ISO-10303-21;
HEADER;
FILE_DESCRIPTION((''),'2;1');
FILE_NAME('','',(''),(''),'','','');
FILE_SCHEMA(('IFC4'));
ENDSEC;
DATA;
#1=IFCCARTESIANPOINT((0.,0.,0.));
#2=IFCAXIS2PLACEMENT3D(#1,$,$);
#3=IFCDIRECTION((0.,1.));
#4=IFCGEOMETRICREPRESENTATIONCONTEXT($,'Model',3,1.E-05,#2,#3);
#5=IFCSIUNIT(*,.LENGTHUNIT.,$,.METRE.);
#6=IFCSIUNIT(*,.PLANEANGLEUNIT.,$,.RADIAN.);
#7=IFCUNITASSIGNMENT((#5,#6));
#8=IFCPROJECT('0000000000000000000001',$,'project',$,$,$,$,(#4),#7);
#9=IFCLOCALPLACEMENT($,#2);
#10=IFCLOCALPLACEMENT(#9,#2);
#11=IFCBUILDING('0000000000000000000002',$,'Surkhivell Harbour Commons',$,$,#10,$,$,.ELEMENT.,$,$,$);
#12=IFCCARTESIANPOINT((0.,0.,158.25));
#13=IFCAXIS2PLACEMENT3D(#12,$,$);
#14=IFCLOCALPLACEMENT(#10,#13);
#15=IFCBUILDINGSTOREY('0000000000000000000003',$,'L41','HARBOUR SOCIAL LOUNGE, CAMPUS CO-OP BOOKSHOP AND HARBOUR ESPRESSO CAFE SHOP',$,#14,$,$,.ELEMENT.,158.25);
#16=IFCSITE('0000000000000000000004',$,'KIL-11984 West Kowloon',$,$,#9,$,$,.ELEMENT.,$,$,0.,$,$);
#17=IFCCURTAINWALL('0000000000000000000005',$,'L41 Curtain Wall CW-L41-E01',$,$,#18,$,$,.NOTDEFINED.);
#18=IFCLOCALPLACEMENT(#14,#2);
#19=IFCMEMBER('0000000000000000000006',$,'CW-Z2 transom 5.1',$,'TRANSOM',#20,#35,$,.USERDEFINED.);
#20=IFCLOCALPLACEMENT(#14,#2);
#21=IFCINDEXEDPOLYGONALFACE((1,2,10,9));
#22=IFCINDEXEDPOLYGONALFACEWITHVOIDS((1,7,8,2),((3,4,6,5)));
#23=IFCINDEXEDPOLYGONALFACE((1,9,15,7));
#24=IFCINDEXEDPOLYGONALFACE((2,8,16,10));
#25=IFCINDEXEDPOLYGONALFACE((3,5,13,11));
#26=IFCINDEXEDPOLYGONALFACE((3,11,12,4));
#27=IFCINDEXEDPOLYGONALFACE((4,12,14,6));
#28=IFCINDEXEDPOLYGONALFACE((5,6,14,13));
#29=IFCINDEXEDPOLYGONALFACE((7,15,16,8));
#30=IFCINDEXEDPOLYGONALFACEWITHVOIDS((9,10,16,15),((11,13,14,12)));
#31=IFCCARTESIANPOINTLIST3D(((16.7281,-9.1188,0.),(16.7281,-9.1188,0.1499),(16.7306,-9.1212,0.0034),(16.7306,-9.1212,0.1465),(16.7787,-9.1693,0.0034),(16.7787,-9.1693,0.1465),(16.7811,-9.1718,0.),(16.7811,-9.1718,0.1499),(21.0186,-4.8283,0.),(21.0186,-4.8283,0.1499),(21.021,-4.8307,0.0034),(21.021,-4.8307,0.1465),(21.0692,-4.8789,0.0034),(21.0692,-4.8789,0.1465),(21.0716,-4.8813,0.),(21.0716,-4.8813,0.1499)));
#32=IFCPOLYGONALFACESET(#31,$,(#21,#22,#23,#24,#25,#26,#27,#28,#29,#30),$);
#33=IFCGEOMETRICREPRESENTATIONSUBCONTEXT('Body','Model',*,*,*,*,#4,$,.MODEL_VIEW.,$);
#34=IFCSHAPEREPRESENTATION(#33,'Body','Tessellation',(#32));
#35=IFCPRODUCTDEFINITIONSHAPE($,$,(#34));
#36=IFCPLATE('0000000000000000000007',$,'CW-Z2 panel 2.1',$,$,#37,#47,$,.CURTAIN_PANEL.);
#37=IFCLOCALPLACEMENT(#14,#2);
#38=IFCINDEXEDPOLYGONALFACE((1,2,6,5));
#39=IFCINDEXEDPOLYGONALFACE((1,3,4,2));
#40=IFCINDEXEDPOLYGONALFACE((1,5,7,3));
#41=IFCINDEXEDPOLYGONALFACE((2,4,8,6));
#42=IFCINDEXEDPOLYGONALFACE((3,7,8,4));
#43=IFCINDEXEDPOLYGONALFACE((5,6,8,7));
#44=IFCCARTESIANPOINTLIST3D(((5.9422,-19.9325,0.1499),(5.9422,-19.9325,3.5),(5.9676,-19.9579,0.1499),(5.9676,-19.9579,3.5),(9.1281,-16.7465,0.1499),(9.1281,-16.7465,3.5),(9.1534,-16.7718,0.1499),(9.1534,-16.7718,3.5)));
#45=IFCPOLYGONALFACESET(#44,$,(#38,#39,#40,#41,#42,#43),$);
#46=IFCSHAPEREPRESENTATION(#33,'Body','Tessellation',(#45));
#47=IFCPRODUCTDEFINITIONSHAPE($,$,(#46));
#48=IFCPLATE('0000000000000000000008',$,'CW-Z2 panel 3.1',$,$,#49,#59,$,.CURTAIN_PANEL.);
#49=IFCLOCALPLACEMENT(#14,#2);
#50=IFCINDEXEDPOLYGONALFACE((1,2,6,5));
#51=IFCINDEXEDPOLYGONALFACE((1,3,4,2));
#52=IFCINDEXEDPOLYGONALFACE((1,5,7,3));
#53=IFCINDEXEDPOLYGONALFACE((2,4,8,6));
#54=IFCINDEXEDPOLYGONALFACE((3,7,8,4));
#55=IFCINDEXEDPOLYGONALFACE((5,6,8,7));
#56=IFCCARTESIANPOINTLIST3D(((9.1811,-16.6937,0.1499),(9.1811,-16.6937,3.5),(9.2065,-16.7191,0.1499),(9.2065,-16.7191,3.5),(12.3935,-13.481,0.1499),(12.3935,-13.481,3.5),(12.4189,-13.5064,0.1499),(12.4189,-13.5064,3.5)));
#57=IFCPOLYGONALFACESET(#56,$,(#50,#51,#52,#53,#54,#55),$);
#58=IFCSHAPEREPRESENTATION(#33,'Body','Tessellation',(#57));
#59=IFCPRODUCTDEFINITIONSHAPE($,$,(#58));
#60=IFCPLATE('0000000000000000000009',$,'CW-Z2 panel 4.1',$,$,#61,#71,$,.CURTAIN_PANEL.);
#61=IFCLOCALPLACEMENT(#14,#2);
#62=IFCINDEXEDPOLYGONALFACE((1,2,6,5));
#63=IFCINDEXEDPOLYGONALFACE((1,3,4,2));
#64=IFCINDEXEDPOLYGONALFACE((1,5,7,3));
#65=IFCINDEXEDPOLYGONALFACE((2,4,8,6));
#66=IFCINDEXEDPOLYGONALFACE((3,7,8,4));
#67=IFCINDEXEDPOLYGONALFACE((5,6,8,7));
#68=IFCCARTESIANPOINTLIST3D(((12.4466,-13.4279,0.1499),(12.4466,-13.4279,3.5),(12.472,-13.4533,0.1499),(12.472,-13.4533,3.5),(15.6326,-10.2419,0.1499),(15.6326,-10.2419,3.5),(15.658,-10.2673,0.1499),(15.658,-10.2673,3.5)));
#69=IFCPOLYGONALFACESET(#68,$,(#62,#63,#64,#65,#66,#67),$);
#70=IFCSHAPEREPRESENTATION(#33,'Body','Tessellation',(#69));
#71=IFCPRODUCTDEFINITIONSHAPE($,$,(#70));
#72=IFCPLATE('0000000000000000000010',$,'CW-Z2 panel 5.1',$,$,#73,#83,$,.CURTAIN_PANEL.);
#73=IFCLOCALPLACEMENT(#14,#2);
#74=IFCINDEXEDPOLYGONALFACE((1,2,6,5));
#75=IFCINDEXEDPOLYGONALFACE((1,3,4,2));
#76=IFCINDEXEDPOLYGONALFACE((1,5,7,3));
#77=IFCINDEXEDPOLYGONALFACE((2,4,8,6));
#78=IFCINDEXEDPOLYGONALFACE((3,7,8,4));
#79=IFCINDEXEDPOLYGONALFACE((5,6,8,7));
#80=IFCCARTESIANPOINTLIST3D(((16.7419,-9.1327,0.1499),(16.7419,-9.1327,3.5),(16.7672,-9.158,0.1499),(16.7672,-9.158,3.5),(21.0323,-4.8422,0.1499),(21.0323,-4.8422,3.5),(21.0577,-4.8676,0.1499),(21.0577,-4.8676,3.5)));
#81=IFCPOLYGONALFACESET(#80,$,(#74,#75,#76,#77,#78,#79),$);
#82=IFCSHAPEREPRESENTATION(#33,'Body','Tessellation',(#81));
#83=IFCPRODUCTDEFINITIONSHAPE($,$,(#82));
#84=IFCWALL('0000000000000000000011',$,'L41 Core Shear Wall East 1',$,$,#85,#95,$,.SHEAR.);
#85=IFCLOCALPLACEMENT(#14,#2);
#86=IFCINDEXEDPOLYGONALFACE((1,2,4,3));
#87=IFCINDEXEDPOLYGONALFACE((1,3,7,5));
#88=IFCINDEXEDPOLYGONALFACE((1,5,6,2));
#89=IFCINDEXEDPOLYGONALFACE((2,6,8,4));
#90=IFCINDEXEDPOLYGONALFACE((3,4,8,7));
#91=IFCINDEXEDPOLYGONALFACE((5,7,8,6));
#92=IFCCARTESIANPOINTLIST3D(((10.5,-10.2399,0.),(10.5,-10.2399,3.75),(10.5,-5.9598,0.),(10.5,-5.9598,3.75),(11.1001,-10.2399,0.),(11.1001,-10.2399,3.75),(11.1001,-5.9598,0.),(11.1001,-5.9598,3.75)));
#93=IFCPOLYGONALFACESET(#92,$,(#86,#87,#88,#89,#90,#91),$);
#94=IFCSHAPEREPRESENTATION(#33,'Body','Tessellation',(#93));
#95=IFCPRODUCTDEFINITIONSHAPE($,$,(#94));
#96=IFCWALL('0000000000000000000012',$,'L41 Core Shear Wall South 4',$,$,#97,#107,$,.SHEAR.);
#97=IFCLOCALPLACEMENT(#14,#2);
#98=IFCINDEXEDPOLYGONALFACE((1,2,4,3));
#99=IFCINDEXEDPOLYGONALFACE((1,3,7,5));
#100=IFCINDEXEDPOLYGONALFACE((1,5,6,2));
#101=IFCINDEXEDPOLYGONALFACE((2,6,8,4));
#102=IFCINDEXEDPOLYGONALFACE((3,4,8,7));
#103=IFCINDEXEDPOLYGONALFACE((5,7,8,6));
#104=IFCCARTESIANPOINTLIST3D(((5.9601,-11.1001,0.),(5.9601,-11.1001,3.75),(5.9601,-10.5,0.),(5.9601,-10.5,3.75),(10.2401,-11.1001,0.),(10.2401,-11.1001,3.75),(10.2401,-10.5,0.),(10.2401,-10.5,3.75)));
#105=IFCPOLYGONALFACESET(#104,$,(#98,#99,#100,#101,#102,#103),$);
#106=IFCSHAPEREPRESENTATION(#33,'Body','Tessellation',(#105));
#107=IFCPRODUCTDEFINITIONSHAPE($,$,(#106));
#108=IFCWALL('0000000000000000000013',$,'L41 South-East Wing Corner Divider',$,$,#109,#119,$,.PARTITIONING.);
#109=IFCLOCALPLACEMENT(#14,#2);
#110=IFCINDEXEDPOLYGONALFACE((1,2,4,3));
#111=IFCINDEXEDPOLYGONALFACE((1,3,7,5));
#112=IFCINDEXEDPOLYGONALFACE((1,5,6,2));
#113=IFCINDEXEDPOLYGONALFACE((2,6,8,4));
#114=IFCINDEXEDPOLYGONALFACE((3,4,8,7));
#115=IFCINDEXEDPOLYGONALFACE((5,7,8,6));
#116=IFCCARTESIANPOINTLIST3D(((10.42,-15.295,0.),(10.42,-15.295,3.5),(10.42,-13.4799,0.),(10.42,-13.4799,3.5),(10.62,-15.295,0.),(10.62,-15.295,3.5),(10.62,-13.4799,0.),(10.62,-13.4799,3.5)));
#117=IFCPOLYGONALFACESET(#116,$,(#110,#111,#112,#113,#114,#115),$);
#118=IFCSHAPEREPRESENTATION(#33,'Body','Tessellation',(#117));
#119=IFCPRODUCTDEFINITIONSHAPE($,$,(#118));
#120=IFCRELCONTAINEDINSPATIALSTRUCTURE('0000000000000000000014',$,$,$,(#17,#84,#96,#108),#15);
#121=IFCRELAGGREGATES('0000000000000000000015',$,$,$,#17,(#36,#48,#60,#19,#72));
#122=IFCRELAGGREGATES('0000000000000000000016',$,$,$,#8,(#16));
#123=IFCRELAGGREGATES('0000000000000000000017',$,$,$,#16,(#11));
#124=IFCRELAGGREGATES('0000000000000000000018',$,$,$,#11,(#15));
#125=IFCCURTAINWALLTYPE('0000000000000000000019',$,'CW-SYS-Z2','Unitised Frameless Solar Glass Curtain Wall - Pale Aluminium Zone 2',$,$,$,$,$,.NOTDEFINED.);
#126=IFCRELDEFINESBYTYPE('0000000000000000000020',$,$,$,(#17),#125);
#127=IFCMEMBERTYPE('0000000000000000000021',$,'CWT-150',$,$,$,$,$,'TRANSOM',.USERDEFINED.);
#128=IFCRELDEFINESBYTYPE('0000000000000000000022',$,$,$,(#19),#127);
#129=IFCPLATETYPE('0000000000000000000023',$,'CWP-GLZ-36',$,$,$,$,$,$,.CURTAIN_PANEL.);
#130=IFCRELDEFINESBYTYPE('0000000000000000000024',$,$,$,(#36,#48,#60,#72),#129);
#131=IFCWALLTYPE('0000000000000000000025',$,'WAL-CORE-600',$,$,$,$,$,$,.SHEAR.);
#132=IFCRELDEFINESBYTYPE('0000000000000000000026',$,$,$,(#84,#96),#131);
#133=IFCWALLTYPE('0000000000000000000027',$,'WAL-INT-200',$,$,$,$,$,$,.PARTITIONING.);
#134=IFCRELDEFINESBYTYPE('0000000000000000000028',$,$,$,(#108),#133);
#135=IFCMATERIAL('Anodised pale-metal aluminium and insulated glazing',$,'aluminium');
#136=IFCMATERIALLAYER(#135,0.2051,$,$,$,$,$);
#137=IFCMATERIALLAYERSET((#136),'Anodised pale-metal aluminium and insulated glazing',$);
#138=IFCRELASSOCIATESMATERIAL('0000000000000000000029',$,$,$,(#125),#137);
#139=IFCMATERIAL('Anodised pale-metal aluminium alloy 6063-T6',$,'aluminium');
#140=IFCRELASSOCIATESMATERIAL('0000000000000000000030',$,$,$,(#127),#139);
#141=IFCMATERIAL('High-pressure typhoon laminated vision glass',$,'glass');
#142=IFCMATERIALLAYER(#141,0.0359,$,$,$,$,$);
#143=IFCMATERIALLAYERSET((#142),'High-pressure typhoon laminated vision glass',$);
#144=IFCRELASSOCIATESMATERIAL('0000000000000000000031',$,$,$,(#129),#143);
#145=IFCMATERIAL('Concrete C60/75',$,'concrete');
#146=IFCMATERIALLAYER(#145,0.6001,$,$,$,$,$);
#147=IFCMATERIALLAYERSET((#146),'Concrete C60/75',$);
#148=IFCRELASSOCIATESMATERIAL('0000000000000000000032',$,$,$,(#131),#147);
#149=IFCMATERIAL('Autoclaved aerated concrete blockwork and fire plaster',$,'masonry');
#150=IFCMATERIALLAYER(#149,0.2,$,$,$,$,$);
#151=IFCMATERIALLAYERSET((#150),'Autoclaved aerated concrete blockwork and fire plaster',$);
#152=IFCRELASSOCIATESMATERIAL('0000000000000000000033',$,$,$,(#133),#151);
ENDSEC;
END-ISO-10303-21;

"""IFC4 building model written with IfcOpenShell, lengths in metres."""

from ifc_helpers import new_model, si_unit, direction, frame, frame_2d, origin, origin_2d, place, context, subcontext, project, spatial, rectangle, hollow_rectangle, extrude, material, layer, layer_set, material_profile, profile_set, type_object, element, aggregate, save


model = new_model("IFC4")

# Units and contexts
model_context = context("Model", 3, precision=1e-05, world=origin(), true_north=direction((0.0, 1.0)))
body_context = subcontext(model_context, "Body", "Model", "MODEL_VIEW")
ifc_project = project(units=[si_unit("LENGTHUNIT", "METRE"), si_unit("PLANEANGLEUNIT", "RADIAN")], contexts=[model_context])

# Site, building, storey
site_placement = place(None, origin())
site = spatial("IfcSite", under=ifc_project, at=site_placement, Name="KIL-11984 West Kowloon", CompositionType="ELEMENT", RefElevation=0.0)
building_placement = place(site_placement, origin())
building = spatial("IfcBuilding", under=site, at=building_placement, Name="Surkhivell Harbour Commons", CompositionType="ELEMENT")
storey_placement = place(building_placement, frame((0.0, 0.0, 158.25)))
storey = spatial("IfcBuildingStorey", under=building, at=storey_placement, Name="L41", Description="HARBOUR SOCIAL LOUNGE, CAMPUS CO-OP BOOKSHOP AND HARBOUR ESPRESSO CAFE SHOP", CompositionType="ELEMENT", Elevation=158.25)

# Shared definitions
ifc_material_1 = material(Name="Concrete C60/75", Category="concrete")

# Curtain wall, member, plates
ifc_material_2 = material(Name="Anodised pale-metal aluminium and insulated glazing", Category="aluminium")
ifc_layer_1 = layer(ifc_material_2, 0.2051)
ifc_layer_set_1 = layer_set([ifc_layer_1], Name="Anodised pale-metal aluminium and insulated glazing")
curtain_wall_type = type_object("IfcCurtainWallType", Name="CW-SYS-Z2", Description="Unitised Frameless Solar Glass Curtain Wall - Pale Aluminium Zone 2", PredefinedType="NOTDEFINED", material=ifc_layer_set_1)
curtain_wall_placement = place(storey_placement, origin())
curtain_wall = element("IfcCurtainWall", 1, at=curtain_wall_placement, inside=storey, type_object=curtain_wall_type, Name="L41 Curtain Wall CW-L41-E01", PredefinedType="NOTDEFINED")
ifc_material_3 = material(Name="Anodised pale-metal aluminium alloy 6063-T6", Category="aluminium")
ifc_material_profile_1 = material_profile(ifc_material_3, hollow_rectangle(XDim=0.075, YDim=0.1499, WallThickness=0.0034, at=origin_2d()), Name="ALU-TRAN-75x150")
ifc_profile_set_1 = profile_set([ifc_material_profile_1], Name="Anodised pale-metal aluminium alloy 6063-T6")
member_type_1 = type_object("IfcMemberType", Name="CWT-150", ElementType="TRANSOM", PredefinedType="USERDEFINED", material=ifc_profile_set_1)
member_1_placement = place(storey_placement, frame((16.7546, -9.1453, 0.075), z_axis=(0.707107, 0.707107, 0.0), x_axis=(-0.707107, 0.707107, 0.0)))
member_1 = element("IfcMember", 2, at=member_1_placement, type_object=member_type_1, Name="CW-Z2 transom 5.1", ObjectType="TRANSOM", PredefinedType="USERDEFINED", context=body_context, shape_type="SweptSolid", body=[
    extrude(hollow_rectangle(XDim=0.075, YDim=0.1499, WallThickness=0.0034, at=origin_2d()), origin(), (0.0, 0.0, 1.0), 6.0676),
])
ifc_material_4 = material(Name="High-pressure typhoon laminated vision glass", Category="glass")
ifc_layer_2 = layer(ifc_material_4, 0.0359)
ifc_layer_set_2 = layer_set([ifc_layer_2], Name="High-pressure typhoon laminated vision glass")
plate_type = type_object("IfcPlateType", Name="CWP-GLZ-36", PredefinedType="CURTAIN_PANEL", material=ifc_layer_set_2)
plate_1_placement = place(storey_placement, frame((5.9548, -19.9453, 0.1499), z_axis=(0.0, 0.0, 1.0), x_axis=(0.70708, 0.707134, 0.0)))
plate_1 = element("IfcPlate", 3, at=plate_1_placement, type_object=plate_type, Name="CW-Z2 panel 2.1", PredefinedType="CURTAIN_PANEL", context=body_context, shape_type="SweptSolid", body=[
    extrude(rectangle(XDim=4.5056, YDim=0.0359, at=frame_2d((2.2529, 0.0))), origin(), (0.0, 0.0, 1.0), 3.3501),
])
plate_2_placement = place(storey_placement, frame((9.1938, -16.7063, 0.1499), z_axis=(0.0, 0.0, 1.0), x_axis=(0.70708, 0.707134, 0.0)))
plate_2 = element("IfcPlate", 4, at=plate_2_placement, type_object=plate_type, Name="CW-Z2 panel 3.1", PredefinedType="CURTAIN_PANEL", context=body_context, shape_type="SweptSolid", body=[
    extrude(rectangle(XDim=4.5432, YDim=0.0359, at=frame_2d((2.2715, 0.0))), origin(), (0.0, 0.0, 1.0), 3.3501),
])
plate_3_placement = place(storey_placement, frame((12.4592, -13.4407, 0.1499), z_axis=(0.0, 0.0, 1.0), x_axis=(0.707107, 0.707107, 0.0)))
plate_3 = element("IfcPlate", 5, at=plate_3_placement, type_object=plate_type, Name="CW-Z2 panel 4.1", PredefinedType="CURTAIN_PANEL", context=body_context, shape_type="SweptSolid", body=[
    extrude(rectangle(XDim=4.5056, YDim=0.0359, at=frame_2d((2.2529, 0.0))), origin(), (0.0, 0.0, 1.0), 3.3501),
])
plate_4_placement = place(storey_placement, frame((16.7546, -9.1453, 0.1499), z_axis=(0.0, 0.0, 1.0), x_axis=(0.707107, 0.707107, 0.0)))
plate_4 = element("IfcPlate", 6, at=plate_4_placement, type_object=plate_type, Name="CW-Z2 panel 5.1", PredefinedType="CURTAIN_PANEL", context=body_context, shape_type="SweptSolid", body=[
    extrude(rectangle(XDim=6.0676, YDim=0.0359, at=frame_2d((3.0337, 0.0))), origin(), (0.0, 0.0, 1.0), 3.3501),
])
aggregate(curtain_wall, [plate_1, plate_2, plate_3, member_1, plate_4])

# Walls
ifc_layer_3 = layer(ifc_material_1, 0.6001)
ifc_layer_set_3 = layer_set([ifc_layer_3], Name="Concrete C60/75")
wall_type_1 = type_object("IfcWallType", Name="WAL-CORE-600", PredefinedType="SHEAR", material=ifc_layer_set_3)
for number, where, z_axis, x_axis, name in (
    (7, (10.8, -10.24, 0.0), (0.0, 0.0, 1.0), (0.0, 1.0, 0.0), "L41 Core Shear Wall East 1"),
    (8, (5.96, -10.8, 0.0), (0.0, 0.0, 1.0), (1.0, 0.0, 0.0), "L41 Core Shear Wall South 4"),
):
    element("IfcWall", number, at=place(storey_placement, frame(where, z_axis=z_axis, x_axis=x_axis)), inside=storey, type_object=wall_type_1, Name=name, PredefinedType="SHEAR", context=body_context, shape_type="SweptSolid", body=[
        extrude(rectangle(XDim=4.28, YDim=0.6001, at=frame_2d((2.1401, 0.0))), origin(), (0.0, 0.0, 1.0), 3.75),
    ])
ifc_material_5 = material(Name="Autoclaved aerated concrete blockwork and fire plaster", Category="masonry")
ifc_layer_4 = layer(ifc_material_5, 0.2)
ifc_layer_set_4 = layer_set([ifc_layer_4], Name="Autoclaved aerated concrete blockwork and fire plaster")
wall_type_2 = type_object("IfcWallType", Name="WAL-INT-200", PredefinedType="PARTITIONING", material=ifc_layer_set_4)
wall_1_placement = place(storey_placement, frame((10.52, -15.2952, 0.0), z_axis=(0.0, 0.0, 1.0), x_axis=(0.0, 1.0, 0.0)))
element("IfcWall", 9, at=wall_1_placement, inside=storey, type_object=wall_type_2, Name="L41 South-East Wing Corner Divider", PredefinedType="PARTITIONING", context=body_context, shape_type="SweptSolid", body=[
    extrude(rectangle(XDim=1.8152, YDim=0.2, at=frame_2d((0.9077, 0.0))), origin(), (0.0, 0.0, 1.0), 3.5),
])

save(model, "model.ifc")
